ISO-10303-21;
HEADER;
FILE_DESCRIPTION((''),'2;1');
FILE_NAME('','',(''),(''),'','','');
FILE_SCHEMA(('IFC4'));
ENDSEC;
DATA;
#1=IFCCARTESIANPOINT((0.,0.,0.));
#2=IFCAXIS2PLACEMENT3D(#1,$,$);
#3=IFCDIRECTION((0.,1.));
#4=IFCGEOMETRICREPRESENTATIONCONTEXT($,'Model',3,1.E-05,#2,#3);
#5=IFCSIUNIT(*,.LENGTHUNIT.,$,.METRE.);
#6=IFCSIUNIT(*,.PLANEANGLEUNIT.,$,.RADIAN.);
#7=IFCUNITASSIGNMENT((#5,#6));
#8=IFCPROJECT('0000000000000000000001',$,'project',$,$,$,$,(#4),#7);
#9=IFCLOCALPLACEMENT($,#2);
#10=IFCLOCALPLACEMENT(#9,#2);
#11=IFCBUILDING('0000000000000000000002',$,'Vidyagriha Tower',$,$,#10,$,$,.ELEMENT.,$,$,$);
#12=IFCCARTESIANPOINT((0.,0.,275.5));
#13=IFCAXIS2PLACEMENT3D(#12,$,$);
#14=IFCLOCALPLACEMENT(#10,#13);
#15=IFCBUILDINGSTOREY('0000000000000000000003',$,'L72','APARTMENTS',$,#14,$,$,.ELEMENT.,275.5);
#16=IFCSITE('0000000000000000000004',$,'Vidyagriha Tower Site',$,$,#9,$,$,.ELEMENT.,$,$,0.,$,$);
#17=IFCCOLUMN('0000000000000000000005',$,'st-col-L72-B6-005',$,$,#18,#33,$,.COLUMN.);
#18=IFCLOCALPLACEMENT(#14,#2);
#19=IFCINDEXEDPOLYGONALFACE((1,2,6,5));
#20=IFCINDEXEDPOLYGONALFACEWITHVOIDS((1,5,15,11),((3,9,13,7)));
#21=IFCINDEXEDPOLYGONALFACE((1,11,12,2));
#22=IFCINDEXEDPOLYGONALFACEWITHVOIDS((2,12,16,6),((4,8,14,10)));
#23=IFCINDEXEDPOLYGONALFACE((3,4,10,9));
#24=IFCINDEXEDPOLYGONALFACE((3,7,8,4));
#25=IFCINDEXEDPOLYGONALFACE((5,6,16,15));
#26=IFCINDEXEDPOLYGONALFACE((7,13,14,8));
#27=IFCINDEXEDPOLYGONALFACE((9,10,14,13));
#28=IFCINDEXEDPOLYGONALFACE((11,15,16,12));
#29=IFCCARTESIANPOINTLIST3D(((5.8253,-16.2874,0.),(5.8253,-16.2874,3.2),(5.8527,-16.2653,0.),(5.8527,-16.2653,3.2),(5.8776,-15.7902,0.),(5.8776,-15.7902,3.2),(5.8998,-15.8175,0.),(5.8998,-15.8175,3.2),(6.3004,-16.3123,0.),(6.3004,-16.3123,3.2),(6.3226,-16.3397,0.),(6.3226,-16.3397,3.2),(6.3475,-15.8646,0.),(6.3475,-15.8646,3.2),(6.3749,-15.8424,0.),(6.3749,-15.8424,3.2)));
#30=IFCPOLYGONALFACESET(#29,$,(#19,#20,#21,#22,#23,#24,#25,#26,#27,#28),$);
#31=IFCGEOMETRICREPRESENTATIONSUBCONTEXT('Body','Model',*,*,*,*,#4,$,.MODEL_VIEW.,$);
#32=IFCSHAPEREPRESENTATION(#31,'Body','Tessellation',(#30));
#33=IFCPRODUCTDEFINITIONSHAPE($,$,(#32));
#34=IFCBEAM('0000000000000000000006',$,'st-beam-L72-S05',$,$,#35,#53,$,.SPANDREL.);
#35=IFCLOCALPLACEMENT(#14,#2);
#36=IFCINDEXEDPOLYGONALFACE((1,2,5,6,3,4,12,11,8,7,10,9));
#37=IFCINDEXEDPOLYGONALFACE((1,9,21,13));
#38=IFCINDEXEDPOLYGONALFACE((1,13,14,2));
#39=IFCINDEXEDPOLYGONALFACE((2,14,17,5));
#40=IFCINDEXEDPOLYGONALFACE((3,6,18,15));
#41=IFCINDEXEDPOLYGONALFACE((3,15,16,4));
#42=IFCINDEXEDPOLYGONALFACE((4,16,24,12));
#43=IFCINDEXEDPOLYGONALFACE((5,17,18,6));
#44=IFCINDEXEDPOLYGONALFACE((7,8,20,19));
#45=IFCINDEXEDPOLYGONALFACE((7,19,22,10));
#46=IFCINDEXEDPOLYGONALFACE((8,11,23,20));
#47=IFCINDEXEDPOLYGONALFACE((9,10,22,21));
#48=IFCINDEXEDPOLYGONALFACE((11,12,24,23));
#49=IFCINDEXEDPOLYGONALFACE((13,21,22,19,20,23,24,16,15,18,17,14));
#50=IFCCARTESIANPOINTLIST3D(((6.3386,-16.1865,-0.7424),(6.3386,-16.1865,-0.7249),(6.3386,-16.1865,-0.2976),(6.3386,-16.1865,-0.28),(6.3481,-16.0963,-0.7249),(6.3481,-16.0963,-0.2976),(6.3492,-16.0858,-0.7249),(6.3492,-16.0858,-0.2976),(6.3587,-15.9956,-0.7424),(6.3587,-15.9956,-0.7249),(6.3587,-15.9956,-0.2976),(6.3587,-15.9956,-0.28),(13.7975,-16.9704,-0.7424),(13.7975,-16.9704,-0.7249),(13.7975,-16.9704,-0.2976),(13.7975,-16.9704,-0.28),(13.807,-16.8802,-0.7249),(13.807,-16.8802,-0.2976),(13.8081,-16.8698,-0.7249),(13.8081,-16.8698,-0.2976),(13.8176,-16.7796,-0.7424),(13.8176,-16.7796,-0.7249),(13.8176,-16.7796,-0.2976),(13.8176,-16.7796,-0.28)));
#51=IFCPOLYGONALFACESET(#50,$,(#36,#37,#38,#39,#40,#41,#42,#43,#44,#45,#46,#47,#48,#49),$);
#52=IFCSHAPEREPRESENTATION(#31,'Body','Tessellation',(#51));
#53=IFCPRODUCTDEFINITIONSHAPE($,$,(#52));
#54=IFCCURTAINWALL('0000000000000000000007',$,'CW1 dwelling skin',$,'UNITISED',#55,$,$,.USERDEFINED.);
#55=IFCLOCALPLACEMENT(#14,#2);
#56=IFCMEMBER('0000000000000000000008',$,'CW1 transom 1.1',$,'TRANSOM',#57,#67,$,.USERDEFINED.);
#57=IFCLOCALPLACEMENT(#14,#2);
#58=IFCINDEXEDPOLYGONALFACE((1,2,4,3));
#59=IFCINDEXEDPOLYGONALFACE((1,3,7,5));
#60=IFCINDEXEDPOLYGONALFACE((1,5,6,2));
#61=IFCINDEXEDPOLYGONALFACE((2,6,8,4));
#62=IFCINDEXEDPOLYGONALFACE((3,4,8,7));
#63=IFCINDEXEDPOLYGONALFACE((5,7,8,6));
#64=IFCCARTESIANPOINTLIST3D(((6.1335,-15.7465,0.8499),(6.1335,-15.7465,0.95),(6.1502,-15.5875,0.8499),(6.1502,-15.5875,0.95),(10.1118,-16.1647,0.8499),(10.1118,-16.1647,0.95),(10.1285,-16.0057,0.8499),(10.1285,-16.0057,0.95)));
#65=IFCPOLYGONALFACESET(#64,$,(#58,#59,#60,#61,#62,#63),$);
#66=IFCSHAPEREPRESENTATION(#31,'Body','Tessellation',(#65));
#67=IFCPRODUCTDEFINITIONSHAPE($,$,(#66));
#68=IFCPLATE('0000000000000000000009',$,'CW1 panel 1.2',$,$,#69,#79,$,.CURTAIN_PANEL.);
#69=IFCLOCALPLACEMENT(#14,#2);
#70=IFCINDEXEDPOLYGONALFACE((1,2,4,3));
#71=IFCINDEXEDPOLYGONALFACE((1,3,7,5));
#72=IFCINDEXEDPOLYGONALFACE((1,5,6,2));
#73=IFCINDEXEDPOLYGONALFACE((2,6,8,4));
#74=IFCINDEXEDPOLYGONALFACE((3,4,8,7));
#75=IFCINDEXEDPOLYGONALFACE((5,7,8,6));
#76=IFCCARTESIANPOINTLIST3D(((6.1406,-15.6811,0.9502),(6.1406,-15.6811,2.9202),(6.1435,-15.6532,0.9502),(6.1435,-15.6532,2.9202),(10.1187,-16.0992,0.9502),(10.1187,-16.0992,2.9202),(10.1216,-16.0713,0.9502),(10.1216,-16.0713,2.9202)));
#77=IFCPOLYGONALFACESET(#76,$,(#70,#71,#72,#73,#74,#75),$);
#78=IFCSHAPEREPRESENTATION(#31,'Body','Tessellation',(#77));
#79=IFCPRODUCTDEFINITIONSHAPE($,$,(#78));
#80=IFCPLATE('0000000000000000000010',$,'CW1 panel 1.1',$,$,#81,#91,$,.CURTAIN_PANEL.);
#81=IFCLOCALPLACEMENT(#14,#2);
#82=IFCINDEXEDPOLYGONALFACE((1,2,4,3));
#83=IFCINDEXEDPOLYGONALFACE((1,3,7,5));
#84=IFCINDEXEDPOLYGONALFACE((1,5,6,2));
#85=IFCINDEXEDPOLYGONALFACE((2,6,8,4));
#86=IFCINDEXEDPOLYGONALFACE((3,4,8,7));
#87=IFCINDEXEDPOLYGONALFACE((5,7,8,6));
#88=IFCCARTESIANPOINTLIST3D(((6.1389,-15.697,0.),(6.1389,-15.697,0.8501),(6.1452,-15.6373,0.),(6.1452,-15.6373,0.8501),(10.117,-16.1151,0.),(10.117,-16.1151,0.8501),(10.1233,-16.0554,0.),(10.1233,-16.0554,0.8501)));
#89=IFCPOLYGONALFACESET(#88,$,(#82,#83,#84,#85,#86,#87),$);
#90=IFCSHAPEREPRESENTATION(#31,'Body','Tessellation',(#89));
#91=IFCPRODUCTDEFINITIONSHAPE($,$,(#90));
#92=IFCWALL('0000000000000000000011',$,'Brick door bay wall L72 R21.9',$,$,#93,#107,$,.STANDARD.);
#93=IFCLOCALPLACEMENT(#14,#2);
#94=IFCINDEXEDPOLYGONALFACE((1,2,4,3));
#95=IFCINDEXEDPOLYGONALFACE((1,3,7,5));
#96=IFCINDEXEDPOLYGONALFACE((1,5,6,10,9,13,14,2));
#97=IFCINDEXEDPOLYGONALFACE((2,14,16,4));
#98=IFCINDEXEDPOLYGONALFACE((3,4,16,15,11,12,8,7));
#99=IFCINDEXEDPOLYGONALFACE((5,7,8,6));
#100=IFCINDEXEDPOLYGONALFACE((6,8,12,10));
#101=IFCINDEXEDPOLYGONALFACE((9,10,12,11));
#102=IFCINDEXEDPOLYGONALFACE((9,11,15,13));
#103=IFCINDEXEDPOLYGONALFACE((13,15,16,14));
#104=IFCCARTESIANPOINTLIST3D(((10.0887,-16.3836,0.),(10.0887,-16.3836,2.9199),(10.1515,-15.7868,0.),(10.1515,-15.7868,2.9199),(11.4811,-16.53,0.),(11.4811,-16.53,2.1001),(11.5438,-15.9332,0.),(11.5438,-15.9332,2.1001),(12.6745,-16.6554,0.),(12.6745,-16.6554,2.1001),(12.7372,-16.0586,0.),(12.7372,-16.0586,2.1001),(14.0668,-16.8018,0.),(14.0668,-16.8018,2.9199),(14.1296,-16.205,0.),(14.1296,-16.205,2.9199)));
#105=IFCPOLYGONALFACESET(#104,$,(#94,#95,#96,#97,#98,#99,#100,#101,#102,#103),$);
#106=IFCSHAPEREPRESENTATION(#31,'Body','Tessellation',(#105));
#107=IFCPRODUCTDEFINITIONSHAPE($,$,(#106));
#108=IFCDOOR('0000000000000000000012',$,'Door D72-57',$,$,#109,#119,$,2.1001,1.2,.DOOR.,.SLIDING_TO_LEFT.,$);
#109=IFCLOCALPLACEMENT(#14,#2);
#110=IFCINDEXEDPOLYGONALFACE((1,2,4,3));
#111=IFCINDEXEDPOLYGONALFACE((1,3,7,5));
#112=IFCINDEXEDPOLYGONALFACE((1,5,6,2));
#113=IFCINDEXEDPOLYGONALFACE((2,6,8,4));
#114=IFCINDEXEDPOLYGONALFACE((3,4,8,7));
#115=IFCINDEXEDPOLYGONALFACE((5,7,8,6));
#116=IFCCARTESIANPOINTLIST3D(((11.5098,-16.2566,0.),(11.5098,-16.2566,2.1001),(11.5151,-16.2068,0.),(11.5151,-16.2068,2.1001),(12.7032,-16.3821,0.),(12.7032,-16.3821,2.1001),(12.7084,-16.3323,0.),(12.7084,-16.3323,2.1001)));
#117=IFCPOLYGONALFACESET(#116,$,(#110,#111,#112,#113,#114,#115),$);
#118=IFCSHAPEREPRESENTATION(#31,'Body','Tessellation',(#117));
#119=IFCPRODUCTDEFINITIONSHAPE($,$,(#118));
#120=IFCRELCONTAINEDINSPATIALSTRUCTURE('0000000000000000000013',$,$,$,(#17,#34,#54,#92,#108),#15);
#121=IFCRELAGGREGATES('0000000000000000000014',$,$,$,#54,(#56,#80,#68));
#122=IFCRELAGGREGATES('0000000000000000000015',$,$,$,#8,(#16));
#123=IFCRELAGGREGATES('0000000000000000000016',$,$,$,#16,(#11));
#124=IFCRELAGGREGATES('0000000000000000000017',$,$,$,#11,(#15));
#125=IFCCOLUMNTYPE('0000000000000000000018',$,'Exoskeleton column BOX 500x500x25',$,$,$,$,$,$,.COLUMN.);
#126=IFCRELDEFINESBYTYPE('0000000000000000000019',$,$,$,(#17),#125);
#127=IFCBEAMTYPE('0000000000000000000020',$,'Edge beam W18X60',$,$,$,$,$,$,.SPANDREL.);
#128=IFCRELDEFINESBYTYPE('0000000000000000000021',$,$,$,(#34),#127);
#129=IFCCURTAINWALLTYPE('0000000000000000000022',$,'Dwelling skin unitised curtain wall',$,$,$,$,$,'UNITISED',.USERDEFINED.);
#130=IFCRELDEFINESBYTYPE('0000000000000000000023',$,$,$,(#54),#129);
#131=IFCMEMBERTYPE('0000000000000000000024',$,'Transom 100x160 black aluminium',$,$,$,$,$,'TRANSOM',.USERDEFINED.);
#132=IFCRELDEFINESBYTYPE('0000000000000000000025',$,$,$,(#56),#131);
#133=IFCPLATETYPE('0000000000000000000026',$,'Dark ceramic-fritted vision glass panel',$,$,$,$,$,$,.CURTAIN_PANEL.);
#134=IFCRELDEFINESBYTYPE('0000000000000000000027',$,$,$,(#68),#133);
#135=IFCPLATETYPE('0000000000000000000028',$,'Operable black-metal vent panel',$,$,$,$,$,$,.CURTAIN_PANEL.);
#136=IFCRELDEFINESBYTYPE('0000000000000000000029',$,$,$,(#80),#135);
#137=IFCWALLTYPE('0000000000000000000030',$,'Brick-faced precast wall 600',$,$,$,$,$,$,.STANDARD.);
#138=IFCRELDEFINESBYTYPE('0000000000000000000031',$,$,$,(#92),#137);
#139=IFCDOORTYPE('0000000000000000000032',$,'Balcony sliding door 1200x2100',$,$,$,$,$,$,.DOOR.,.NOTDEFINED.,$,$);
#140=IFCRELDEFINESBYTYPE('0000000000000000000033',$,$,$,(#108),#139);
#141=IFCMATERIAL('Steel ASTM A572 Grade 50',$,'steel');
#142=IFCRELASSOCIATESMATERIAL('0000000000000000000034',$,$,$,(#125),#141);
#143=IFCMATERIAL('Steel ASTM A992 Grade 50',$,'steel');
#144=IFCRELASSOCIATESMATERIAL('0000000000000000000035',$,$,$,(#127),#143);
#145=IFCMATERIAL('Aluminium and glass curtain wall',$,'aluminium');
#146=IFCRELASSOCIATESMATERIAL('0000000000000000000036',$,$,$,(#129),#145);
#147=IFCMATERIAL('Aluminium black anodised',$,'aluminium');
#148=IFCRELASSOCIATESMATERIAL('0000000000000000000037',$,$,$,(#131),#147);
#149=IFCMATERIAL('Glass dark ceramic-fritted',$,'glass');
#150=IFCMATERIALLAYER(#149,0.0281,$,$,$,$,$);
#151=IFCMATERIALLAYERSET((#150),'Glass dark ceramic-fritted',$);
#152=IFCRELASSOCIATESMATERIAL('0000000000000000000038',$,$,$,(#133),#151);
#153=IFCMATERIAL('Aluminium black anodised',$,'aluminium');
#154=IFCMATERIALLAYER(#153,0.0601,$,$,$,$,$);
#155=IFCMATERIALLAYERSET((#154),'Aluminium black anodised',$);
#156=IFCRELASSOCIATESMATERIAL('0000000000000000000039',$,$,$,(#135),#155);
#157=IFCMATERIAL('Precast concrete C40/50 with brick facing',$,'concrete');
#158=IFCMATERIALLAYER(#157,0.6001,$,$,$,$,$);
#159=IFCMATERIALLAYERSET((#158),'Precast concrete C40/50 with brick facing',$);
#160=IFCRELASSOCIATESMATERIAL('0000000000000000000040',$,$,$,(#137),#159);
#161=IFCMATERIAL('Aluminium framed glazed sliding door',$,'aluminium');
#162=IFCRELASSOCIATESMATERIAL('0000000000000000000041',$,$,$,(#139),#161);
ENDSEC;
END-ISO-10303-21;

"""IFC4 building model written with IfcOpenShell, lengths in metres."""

from ifc_helpers import new_model, si_unit, direction, frame, frame_2d, origin, origin_2d, place, context, subcontext, project, spatial, rectangle, hollow_rectangle, i_section, extrude, material, layer, layer_set, material_profile, profile_set, type_object, element, fill, aggregate, save


model = new_model("IFC4")

# Units and contexts
model_context = context("Model", 3, precision=1e-05, world=origin(), true_north=direction((0.0, 1.0)))
body_context = subcontext(model_context, "Body", "Model", "MODEL_VIEW")
ifc_project = project(units=[si_unit("LENGTHUNIT", "METRE"), si_unit("PLANEANGLEUNIT", "RADIAN")], contexts=[model_context])

# Site, building, storey
site_placement = place(None, origin())
site = spatial("IfcSite", under=ifc_project, at=site_placement, Name="Vidyagriha Tower Site", CompositionType="ELEMENT", RefElevation=0.0)
building_placement = place(site_placement, origin())
building = spatial("IfcBuilding", under=site, at=building_placement, Name="Vidyagriha Tower", CompositionType="ELEMENT")
storey_placement = place(building_placement, frame((0.0, 0.0, 275.5)))
storey = spatial("IfcBuildingStorey", under=building, at=storey_placement, Name="L72", Description="APARTMENTS", CompositionType="ELEMENT", Elevation=275.5)

# Column
ifc_material_1 = material(Name="Steel ASTM A572 Grade 50", Category="steel")
ifc_material_profile_1 = material_profile(ifc_material_1, hollow_rectangle(XDim=0.5, YDim=0.5, WallThickness=0.0249, at=origin_2d()), Name="BOX 500x500x25")
ifc_profile_set_1 = profile_set([ifc_material_profile_1], Name="Steel ASTM A572 Grade 50")
column_type = type_object("IfcColumnType", Name="Exoskeleton column BOX 500x500x25", PredefinedType="COLUMN", material=ifc_profile_set_1)
column_placement = place(storey_placement, frame((6.1001, -16.0649, 0.0), z_axis=(0.0, 0.0, 1.0), x_axis=(0.994522, -0.104528, 0.0)))
element("IfcColumn", 1, at=column_placement, inside=storey, type_object=column_type, Name="st-col-L72-B6-005", PredefinedType="COLUMN", context=body_context, shape_type="SweptSolid", body=[
    extrude(hollow_rectangle(XDim=0.5, YDim=0.5, WallThickness=0.0249, at=origin_2d()), origin(), (0.0, 0.0, 1.0), 3.2),
])

# Beam
ifc_material_2 = material(Name="Steel ASTM A992 Grade 50", Category="steel")
ifc_material_profile_2 = material_profile(ifc_material_2, i_section(OverallWidth=0.1919, OverallDepth=0.4624, WebThickness=0.0105, FlangeThickness=0.0176, at=origin_2d()), Name="W18X60")
ifc_profile_set_2 = profile_set([ifc_material_profile_2], Name="Steel ASTM A992 Grade 50")
beam_type = type_object("IfcBeamType", Name="Edge beam W18X60", PredefinedType="SPANDREL", material=ifc_profile_set_2)
beam_placement = place(storey_placement, frame((6.3486, -16.0911, -0.5112), z_axis=(0.994522, -0.104524, 0.0), x_axis=(0.104524, 0.994522, 0.0)))
element("IfcBeam", 2, at=beam_placement, inside=storey, type_object=beam_type, Name="st-beam-L72-S05", PredefinedType="SPANDREL", context=body_context, shape_type="SweptSolid", body=[
    extrude(i_section(OverallWidth=0.1919, OverallDepth=0.4624, WebThickness=0.0105, FlangeThickness=0.0176, at=origin_2d()), origin(), (0.0, 0.0, 1.0), 7.5),
])

# Curtain wall, member, plates
ifc_material_3 = material(Name="Aluminium and glass curtain wall", Category="aluminium")
curtain_wall_type = type_object("IfcCurtainWallType", Name="Dwelling skin unitised curtain wall", ElementType="UNITISED", PredefinedType="USERDEFINED", material=ifc_material_3)
curtain_wall_placement = place(storey_placement, origin())
curtain_wall = element("IfcCurtainWall", 3, at=curtain_wall_placement, inside=storey, type_object=curtain_wall_type, Name="CW1 dwelling skin", ObjectType="UNITISED", PredefinedType="USERDEFINED")
ifc_material_4 = material(Name="Aluminium black anodised", Category="aluminium")
ifc_material_profile_3 = material_profile(ifc_material_4, rectangle(XDim=0.1599, YDim=0.1001, at=origin_2d()), Name="Transom 100x160 black aluminium")
ifc_profile_set_3 = profile_set([ifc_material_profile_3], Name="Aluminium black anodised")
member_type = type_object("IfcMemberType", Name="Transom 100x160 black aluminium", ElementType="TRANSOM", PredefinedType="USERDEFINED", material=ifc_profile_set_3)
member_placement = place(storey_placement, frame((6.1418, -15.667, 0.8999), z_axis=(0.99452, -0.104548, 0.0), x_axis=(0.104548, 0.99452, 0.0)))
member = element("IfcMember", 4, at=member_placement, type_object=member_type, Name="CW1 transom 1.1", ObjectType="TRANSOM", PredefinedType="USERDEFINED", context=body_context, shape_type="SweptSolid", body=[
    extrude(rectangle(XDim=0.1599, YDim=0.1001, at=origin_2d()), origin(), (0.0, 0.0, 1.0), 4.0002),
])
ifc_material_5 = material(Name="Glass dark ceramic-fritted", Category="glass")
ifc_layer_1 = layer(ifc_material_5, 0.0281)
ifc_layer_set_1 = layer_set([ifc_layer_1], Name="Glass dark ceramic-fritted")
plate_type_1 = type_object("IfcPlateType", Name="Dark ceramic-fritted vision glass panel", PredefinedType="CURTAIN_PANEL", material=ifc_layer_set_1)
plate_1_placement = place(storey_placement, frame((8.1311, -15.8762, 0.9502), z_axis=(0.0, 0.0, 1.0), x_axis=(0.994522, -0.104525, 0.0)))
plate_1 = element("IfcPlate", 5, at=plate_1_placement, type_object=plate_type_1, Name="CW1 panel 1.2", PredefinedType="CURTAIN_PANEL", context=body_context, shape_type="SweptSolid", body=[
    extrude(rectangle(XDim=4.0, YDim=0.0281, at=origin_2d()), origin(), (0.0, 0.0, 1.0), 1.97),
])
ifc_material_6 = material(Name="Aluminium black anodised", Category="aluminium")
ifc_layer_2 = layer(ifc_material_6, 0.0601)
ifc_layer_set_2 = layer_set([ifc_layer_2], Name="Aluminium black anodised")
plate_type_2 = type_object("IfcPlateType", Name="Operable black-metal vent panel", PredefinedType="CURTAIN_PANEL", material=ifc_layer_set_2)
plate_2_placement = place(storey_placement, frame((8.1311, -15.8762, 0.0), z_axis=(0.0, 0.0, 1.0), x_axis=(0.994522, -0.104525, 0.0)))
plate_2 = element("IfcPlate", 6, at=plate_2_placement, type_object=plate_type_2, Name="CW1 panel 1.1", PredefinedType="CURTAIN_PANEL", context=body_context, shape_type="SweptSolid", body=[
    extrude(rectangle(XDim=4.0, YDim=0.0601, at=origin_2d()), origin(), (0.0, 0.0, 1.0), 0.8501),
])
aggregate(curtain_wall, [member, plate_2, plate_1])

# Wall, opening, door
ifc_material_7 = material(Name="Precast concrete C40/50 with brick facing", Category="concrete")
ifc_layer_3 = layer(ifc_material_7, 0.6001)
ifc_layer_set_3 = layer_set([ifc_layer_3], Name="Precast concrete C40/50 with brick facing")
wall_type = type_object("IfcWallType", Name="Brick-faced precast wall 600", PredefinedType="STANDARD", material=ifc_layer_set_3)
wall_placement = place(storey_placement, frame((10.1201, -16.0852, 0.0), z_axis=(0.0, 0.0, 1.0), x_axis=(0.994519, -0.104555, 0.0)))
wall = element("IfcWall", 7, at=wall_placement, inside=storey, type_object=wall_type, Name="Brick door bay wall L72 R21.9", PredefinedType="STANDARD", context=body_context, shape_type="SweptSolid", body=[
    extrude(rectangle(XDim=4.0, YDim=0.6001, at=frame_2d((2.0, 0.0))), origin(), (0.0, 0.0, 1.0), 2.9199),
])
opening_placement = place(wall_placement, frame((1.3999, 0.0, 0.0)))
opening = element("IfcOpeningElement", 8, at=opening_placement, cuts=wall, PredefinedType="OPENING", context=body_context, shape_type="SweptSolid", body=[
    extrude(rectangle(XDim=1.2, YDim=2.1001, at=frame_2d((0.6001, 1.05))), frame((0.0, 0.3101, 0.0), z_axis=(0.0, -1.0, 0.0), x_axis=(1.0, 0.0, 0.0)), (0.0, 0.0, 1.0), 0.6201),
])
ifc_material_8 = material(Name="Aluminium framed glazed sliding door", Category="aluminium")
door_type = type_object("IfcDoorType", Name="Balcony sliding door 1200x2100", OperationType="NOTDEFINED", PredefinedType="DOOR", material=ifc_material_8)
door_placement = place(opening_placement, origin())
door = element("IfcDoor", 9, at=door_placement, inside=storey, type_object=door_type, Name="Door D72-57", OperationType="SLIDING_TO_LEFT", OverallHeight=2.1001, OverallWidth=1.2, PredefinedType="DOOR", context=body_context, shape_type="SweptSolid", body=[
    extrude(rectangle(XDim=1.2, YDim=2.1001, at=frame_2d((0.6001, 1.05))), frame((0.0, 0.0249, 0.0), z_axis=(0.0, -1.0, 0.0), x_axis=(1.0, 0.0, 0.0)), (0.0, 0.0, 1.0), 0.05),
])
fill(opening, door)

save(model, "model.ifc")
